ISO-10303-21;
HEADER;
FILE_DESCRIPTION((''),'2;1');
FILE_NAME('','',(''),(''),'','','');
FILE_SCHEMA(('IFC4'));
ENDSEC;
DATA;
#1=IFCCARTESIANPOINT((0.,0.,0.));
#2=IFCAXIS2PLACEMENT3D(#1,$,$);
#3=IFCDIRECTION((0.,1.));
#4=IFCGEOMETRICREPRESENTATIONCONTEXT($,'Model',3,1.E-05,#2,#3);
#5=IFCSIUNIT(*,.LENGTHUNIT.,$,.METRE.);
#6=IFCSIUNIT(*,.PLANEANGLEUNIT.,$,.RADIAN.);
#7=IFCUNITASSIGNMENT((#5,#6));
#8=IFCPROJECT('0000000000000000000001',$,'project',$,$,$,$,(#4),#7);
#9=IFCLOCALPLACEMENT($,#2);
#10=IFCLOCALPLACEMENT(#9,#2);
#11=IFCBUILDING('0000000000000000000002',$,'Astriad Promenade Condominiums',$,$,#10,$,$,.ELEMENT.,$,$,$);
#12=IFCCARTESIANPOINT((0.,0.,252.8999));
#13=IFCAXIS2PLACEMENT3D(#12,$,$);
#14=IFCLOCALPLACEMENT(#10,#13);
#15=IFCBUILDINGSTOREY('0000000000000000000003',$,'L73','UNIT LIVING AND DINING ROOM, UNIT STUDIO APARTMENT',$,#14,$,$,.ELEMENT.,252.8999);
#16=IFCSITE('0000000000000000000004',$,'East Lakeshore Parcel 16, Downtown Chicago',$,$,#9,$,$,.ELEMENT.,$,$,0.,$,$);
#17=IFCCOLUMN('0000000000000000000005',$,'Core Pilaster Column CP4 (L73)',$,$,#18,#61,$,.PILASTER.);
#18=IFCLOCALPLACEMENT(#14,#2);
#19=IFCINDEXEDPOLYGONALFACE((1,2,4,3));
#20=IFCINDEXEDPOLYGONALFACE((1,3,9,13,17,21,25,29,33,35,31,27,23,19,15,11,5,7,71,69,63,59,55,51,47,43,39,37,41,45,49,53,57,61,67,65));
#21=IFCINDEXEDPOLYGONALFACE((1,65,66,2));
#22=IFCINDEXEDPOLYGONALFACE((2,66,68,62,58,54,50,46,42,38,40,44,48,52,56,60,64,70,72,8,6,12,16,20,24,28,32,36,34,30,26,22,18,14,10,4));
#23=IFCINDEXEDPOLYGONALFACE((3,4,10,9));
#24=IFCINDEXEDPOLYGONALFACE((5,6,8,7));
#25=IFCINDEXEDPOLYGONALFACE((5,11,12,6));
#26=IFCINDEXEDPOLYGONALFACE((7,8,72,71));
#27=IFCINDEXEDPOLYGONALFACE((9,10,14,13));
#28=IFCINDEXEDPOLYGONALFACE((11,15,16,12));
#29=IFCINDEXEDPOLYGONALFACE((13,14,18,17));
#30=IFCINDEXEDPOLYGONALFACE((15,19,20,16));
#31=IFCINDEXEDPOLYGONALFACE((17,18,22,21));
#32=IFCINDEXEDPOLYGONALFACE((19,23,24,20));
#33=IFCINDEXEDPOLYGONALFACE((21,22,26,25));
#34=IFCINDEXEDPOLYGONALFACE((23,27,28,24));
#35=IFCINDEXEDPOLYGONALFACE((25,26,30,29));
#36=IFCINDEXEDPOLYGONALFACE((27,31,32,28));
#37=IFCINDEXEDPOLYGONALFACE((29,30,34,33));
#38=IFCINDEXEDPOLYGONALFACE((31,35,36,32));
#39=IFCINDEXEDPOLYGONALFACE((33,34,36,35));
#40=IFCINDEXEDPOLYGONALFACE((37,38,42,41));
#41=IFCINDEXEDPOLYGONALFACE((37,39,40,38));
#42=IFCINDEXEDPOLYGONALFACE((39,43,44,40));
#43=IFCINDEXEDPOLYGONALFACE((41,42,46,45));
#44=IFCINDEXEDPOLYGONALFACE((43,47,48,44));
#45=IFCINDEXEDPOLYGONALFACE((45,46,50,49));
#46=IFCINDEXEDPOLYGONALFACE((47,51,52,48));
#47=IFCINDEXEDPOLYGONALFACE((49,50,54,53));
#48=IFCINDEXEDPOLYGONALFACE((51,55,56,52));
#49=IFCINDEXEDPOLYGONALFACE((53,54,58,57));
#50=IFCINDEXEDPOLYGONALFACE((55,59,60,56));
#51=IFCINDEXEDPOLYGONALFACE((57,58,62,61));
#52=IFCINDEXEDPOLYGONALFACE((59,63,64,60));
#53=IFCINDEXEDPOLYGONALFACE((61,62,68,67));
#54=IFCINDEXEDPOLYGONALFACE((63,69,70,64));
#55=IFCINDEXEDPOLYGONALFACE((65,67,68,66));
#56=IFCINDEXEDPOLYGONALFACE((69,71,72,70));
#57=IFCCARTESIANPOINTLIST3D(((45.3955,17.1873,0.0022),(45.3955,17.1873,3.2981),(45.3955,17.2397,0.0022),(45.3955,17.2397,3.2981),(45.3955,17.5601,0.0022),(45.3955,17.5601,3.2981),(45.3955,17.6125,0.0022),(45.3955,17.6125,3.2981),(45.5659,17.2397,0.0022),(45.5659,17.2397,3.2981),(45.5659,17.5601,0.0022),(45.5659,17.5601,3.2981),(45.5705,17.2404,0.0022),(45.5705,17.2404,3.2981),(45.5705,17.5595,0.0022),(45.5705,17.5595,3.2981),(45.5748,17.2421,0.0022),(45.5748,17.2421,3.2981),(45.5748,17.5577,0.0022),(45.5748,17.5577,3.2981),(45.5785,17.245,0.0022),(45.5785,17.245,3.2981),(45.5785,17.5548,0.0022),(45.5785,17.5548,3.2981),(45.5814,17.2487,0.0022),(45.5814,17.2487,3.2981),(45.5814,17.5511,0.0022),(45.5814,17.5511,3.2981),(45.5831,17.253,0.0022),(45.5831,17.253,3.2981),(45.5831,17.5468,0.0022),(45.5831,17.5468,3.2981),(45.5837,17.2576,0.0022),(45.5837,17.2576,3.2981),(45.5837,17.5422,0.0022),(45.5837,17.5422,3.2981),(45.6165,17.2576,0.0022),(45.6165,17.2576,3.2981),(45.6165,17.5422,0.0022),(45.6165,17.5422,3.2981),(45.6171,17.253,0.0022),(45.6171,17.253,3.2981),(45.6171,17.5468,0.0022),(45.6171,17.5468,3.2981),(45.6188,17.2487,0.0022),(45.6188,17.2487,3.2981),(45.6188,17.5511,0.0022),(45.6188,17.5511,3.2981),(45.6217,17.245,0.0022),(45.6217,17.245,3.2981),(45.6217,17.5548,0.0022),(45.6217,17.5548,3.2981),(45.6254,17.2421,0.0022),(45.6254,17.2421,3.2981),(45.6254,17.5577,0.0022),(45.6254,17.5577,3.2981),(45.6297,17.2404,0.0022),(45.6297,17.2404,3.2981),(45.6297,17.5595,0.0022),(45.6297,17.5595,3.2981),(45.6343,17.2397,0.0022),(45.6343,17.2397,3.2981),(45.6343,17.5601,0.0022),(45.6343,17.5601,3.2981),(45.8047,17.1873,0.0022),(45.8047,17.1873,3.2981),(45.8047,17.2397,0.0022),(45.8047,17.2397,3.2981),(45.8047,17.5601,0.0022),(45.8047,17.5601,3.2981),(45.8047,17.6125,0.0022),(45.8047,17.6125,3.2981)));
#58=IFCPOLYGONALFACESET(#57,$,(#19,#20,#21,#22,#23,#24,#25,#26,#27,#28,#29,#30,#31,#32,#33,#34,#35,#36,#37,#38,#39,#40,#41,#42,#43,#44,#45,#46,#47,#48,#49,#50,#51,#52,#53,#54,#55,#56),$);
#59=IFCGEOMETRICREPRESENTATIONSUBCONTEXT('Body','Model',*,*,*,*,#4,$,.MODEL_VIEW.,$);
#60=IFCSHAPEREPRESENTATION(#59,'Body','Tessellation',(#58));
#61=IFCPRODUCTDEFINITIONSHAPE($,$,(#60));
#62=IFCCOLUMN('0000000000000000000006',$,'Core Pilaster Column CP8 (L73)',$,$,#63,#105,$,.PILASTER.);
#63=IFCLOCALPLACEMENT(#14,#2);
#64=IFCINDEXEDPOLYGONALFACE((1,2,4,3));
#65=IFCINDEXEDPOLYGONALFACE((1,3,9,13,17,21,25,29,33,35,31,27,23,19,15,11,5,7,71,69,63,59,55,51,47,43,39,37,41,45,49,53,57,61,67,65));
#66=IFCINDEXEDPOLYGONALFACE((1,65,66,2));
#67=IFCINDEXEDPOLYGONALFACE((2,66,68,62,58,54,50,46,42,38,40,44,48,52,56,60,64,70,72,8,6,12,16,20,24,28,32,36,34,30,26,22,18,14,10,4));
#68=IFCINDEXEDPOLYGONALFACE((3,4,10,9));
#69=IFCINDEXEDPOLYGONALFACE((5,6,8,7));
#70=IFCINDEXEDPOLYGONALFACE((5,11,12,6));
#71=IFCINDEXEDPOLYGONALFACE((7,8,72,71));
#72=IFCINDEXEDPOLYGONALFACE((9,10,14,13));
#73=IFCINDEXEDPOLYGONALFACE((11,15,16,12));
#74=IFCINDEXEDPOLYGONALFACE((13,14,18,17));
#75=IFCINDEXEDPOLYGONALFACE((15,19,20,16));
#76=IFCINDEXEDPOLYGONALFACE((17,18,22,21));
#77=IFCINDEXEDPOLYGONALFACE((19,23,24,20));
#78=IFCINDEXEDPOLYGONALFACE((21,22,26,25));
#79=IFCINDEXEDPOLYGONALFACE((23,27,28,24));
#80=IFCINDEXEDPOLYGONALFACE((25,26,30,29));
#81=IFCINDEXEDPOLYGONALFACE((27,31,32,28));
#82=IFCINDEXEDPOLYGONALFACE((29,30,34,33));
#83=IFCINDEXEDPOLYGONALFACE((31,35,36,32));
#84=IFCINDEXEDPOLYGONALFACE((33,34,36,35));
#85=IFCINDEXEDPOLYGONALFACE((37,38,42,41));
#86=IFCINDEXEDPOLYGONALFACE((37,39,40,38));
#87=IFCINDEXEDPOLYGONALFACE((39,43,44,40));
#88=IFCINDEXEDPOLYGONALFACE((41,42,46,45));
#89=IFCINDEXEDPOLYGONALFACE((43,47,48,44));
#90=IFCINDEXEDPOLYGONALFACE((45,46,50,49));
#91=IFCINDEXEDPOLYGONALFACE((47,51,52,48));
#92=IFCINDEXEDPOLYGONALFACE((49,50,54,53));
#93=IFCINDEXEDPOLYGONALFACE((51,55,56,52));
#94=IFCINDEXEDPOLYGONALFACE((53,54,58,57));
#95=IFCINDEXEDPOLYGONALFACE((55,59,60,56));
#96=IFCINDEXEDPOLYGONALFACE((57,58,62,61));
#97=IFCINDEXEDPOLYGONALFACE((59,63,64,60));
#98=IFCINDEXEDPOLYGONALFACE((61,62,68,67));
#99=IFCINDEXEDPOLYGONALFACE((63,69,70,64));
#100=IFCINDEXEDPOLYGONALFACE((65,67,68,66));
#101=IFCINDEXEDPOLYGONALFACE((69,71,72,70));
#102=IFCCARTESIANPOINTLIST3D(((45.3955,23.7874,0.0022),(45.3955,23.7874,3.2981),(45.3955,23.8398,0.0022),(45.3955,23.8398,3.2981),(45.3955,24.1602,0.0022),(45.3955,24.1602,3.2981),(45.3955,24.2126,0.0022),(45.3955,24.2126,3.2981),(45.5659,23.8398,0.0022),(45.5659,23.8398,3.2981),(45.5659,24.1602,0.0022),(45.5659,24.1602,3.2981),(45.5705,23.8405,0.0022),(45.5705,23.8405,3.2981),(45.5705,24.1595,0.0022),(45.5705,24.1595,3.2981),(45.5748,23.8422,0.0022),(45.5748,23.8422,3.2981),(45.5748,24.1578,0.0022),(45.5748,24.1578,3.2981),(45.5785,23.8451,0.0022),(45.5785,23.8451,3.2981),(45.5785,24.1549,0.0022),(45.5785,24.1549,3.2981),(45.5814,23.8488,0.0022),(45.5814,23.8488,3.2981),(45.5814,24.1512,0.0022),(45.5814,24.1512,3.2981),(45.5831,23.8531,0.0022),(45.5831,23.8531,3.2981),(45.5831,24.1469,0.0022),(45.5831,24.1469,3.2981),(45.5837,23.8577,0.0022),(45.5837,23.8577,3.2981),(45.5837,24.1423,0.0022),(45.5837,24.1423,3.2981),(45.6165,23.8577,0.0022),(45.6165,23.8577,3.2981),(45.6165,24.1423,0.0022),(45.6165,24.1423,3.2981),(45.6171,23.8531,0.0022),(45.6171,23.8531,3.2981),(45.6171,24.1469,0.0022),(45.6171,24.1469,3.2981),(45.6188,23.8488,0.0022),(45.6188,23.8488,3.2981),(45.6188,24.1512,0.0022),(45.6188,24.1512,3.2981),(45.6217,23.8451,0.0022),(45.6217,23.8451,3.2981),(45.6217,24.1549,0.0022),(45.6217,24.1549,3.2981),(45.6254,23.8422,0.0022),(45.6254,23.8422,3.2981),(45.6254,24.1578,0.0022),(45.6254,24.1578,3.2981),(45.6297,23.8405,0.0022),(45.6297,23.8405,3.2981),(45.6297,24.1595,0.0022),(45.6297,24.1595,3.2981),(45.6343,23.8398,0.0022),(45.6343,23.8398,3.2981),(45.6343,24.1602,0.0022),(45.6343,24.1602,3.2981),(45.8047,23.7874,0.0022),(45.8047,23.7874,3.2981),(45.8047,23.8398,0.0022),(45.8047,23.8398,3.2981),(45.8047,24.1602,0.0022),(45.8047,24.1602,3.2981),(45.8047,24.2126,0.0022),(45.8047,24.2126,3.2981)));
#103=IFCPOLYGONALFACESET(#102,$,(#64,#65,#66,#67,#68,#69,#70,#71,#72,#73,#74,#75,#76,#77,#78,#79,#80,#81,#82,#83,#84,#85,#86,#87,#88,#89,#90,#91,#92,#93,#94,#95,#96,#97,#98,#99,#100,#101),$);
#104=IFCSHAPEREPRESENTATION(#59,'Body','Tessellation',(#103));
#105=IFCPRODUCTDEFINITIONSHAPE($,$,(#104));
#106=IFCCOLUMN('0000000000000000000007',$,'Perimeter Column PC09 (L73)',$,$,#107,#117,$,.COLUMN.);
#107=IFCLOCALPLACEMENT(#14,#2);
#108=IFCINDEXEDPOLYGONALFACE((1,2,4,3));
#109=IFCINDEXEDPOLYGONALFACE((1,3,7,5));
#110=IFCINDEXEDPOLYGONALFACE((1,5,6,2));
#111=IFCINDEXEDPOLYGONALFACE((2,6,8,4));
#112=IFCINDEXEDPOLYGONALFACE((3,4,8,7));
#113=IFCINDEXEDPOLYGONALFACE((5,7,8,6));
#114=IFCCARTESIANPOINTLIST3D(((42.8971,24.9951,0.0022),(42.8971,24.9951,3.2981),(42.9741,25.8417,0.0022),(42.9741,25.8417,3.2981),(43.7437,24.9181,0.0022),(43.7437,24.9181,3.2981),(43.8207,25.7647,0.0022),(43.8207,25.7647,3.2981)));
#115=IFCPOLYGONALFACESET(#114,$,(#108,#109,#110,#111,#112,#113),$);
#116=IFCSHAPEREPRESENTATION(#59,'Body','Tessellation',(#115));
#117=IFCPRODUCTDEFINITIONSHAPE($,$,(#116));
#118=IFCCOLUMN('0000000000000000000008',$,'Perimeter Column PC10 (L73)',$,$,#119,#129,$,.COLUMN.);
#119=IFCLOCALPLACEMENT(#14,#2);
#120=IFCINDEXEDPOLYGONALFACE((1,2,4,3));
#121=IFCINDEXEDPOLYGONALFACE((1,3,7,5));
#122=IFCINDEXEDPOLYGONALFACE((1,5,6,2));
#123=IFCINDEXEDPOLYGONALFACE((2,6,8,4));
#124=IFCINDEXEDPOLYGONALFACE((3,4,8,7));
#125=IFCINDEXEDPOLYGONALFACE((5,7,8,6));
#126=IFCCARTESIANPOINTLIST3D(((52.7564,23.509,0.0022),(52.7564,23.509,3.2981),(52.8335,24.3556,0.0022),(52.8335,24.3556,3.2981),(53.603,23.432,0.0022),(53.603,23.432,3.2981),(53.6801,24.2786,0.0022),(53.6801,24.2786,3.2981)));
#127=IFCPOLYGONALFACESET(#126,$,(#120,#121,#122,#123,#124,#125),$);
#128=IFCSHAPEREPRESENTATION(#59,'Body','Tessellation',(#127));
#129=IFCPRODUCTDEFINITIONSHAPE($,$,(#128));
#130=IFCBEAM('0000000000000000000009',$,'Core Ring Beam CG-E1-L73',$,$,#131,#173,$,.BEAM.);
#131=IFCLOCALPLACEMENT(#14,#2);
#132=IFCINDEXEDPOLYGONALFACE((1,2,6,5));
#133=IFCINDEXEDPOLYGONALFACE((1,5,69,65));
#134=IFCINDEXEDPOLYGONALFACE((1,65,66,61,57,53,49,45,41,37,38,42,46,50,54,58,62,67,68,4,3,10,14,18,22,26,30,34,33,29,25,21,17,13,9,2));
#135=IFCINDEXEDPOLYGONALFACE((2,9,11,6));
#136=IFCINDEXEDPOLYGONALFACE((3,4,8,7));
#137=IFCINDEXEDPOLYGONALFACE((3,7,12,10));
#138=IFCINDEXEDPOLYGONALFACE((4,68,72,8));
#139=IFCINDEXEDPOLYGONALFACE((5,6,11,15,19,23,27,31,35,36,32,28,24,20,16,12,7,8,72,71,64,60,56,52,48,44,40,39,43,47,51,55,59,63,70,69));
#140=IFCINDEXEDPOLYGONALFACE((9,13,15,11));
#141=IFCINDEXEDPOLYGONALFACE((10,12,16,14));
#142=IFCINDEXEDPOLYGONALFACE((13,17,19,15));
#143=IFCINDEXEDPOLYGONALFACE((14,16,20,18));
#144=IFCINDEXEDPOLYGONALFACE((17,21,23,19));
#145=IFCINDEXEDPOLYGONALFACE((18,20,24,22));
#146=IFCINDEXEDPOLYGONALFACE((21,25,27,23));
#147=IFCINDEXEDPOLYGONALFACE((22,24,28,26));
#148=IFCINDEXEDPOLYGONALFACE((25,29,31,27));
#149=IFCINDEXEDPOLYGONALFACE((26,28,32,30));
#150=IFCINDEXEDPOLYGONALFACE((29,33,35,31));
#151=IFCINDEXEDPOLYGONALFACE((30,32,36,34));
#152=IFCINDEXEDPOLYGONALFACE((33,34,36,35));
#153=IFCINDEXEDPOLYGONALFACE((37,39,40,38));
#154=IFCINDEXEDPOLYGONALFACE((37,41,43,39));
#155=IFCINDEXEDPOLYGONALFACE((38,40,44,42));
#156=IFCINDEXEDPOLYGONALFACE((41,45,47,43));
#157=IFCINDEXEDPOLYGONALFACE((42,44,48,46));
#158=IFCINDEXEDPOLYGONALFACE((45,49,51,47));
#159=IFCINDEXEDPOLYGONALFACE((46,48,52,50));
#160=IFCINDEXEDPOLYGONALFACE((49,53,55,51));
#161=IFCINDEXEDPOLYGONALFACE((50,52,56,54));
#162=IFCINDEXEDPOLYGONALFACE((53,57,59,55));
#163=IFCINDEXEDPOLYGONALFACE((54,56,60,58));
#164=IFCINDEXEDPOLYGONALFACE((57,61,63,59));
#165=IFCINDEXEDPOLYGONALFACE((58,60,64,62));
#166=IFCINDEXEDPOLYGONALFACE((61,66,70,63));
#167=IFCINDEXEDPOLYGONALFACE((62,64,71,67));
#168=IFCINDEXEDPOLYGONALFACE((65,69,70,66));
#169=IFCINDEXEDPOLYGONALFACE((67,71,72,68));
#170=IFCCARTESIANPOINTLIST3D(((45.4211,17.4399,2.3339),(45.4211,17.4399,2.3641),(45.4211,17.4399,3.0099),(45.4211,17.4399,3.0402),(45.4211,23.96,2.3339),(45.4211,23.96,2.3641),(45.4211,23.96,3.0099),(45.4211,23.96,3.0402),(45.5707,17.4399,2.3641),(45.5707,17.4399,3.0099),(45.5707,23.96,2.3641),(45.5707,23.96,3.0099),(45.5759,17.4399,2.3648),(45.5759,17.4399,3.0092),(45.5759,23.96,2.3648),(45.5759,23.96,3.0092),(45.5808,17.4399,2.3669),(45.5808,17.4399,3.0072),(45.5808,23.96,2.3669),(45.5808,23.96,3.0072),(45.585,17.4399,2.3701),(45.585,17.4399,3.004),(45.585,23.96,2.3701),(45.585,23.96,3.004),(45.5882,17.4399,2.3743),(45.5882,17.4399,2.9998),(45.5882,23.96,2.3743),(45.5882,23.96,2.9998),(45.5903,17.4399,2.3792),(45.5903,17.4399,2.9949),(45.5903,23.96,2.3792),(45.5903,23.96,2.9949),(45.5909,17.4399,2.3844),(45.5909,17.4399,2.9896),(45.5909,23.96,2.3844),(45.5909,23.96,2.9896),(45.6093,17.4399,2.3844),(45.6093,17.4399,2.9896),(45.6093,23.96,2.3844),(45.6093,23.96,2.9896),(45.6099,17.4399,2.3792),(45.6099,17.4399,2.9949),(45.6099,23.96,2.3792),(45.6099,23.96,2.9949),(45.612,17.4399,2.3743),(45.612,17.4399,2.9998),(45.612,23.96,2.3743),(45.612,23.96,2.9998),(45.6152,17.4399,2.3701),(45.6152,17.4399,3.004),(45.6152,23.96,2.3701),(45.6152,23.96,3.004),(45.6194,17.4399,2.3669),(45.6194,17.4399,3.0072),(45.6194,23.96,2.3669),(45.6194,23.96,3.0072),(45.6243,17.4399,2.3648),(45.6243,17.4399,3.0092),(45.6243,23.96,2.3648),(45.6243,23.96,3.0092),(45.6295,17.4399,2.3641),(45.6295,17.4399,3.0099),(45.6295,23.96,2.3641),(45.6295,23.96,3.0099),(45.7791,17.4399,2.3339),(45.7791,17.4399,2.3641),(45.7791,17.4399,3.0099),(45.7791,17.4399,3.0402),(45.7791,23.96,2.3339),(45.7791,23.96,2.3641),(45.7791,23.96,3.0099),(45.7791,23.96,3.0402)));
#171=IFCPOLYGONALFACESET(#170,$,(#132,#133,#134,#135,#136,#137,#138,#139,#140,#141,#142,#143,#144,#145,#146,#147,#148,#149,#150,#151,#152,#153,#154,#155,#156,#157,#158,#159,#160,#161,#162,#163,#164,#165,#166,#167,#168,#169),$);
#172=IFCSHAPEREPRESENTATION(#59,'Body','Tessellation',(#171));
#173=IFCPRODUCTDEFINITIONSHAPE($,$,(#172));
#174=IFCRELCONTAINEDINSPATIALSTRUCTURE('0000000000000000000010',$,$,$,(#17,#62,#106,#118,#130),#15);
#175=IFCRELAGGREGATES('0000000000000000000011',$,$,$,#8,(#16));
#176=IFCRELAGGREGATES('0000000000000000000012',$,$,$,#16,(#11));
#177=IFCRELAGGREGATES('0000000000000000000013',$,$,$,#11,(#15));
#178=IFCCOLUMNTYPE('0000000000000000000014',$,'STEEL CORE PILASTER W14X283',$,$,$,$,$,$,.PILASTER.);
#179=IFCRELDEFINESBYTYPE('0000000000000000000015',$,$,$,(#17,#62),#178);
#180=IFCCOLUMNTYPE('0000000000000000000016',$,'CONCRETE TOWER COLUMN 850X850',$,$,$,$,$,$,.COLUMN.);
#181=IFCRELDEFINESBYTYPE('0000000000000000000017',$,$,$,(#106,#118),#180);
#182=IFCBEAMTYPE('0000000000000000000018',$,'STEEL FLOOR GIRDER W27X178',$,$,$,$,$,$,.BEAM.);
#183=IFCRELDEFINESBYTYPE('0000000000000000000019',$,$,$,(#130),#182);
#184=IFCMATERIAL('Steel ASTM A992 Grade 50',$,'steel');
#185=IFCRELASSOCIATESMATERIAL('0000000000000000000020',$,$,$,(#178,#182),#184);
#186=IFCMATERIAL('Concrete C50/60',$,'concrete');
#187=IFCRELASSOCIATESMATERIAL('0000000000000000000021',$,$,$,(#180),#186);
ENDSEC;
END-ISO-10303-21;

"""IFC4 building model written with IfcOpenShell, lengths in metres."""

from ifc_helpers import new_model, si_unit, direction, frame, origin, origin_2d, place, context, subcontext, project, spatial, rectangle, i_section, extrude, source, transform, mapped, material, material_profile, profile_set, type_object, type_shapes, element, save


model = new_model("IFC4")

# Units and contexts
model_context = context("Model", 3, precision=1e-05, world=origin(), true_north=direction((0.0, 1.0)))
body_context = subcontext(model_context, "Body", "Model", "MODEL_VIEW")
ifc_project = project(units=[si_unit("LENGTHUNIT", "METRE"), si_unit("PLANEANGLEUNIT", "RADIAN")], contexts=[model_context])

# Site, building, storey
site_placement = place(None, origin())
site = spatial("IfcSite", under=ifc_project, at=site_placement, Name="East Lakeshore Parcel 16, Downtown Chicago", CompositionType="ELEMENT", RefElevation=0.0)
building_placement = place(site_placement, origin())
building = spatial("IfcBuilding", under=site, at=building_placement, Name="Astriad Promenade Condominiums", CompositionType="ELEMENT")
storey_placement = place(building_placement, frame((0.0, 0.0, 252.8999)))
storey = spatial("IfcBuildingStorey", under=building, at=storey_placement, Name="L73", Description="UNIT LIVING AND DINING ROOM, UNIT STUDIO APARTMENT", CompositionType="ELEMENT", Elevation=252.8999)

# Columns
ifc_material_1 = material(Name="Steel ASTM A992 Grade 50", Category="steel")
ifc_material_profile_1 = material_profile(ifc_material_1, i_section(OverallWidth=0.4092, OverallDepth=0.4253, WebThickness=0.0327, FlangeThickness=0.0525, FilletRadius=0.0178, at=origin_2d()), Name="W14X283")
ifc_profile_set_1 = profile_set([ifc_material_profile_1], Name="Steel ASTM A992 Grade 50")
column_type_1 = type_object("IfcColumnType", Name="STEEL CORE PILASTER W14X283", PredefinedType="PILASTER", material=ifc_profile_set_1)
shared_shape_1 = source(origin(), body_context, "Body", "SweptSolid", [
    extrude(i_section(OverallWidth=0.4092, OverallDepth=0.4253, WebThickness=0.0327, FlangeThickness=0.0525, FilletRadius=0.0178, at=origin_2d()), origin(), (0.0, 0.0, 1.0), 3.2959),
])
type_shapes(column_type_1, [shared_shape_1])
for number, where, z_axis, x_axis, name in (
    (1, (45.6001, 17.3999, 0.0022), (0.0, 0.0, 1.0), (1.0, 0.0, 0.0), "Core Pilaster Column CP4 (L73)"),
    (2, (45.6001, 24.0, 0.0022), (0.0, 0.0, 1.0), (1.0, 0.0, 0.0), "Core Pilaster Column CP8 (L73)"),
):
    element("IfcColumn", number, at=place(storey_placement, frame(where, z_axis=z_axis, x_axis=x_axis)), inside=storey, type_object=column_type_1, Name=name, PredefinedType="PILASTER", context=body_context, shape_type="MappedRepresentation", body=[
        mapped(shared_shape_1, transform((0.0, 0.0, 0.0), scale=1.0)),
    ])
ifc_material_2 = material(Name="Concrete C50/60", Category="concrete")
ifc_material_profile_2 = material_profile(ifc_material_2, rectangle(XDim=0.8501, YDim=0.8501, at=origin_2d()), Name="RC-COL-850X850")
ifc_profile_set_2 = profile_set([ifc_material_profile_2], Name="Concrete C50/60")
column_type_2 = type_object("IfcColumnType", Name="CONCRETE TOWER COLUMN 850X850", PredefinedType="COLUMN", material=ifc_profile_set_2)
shared_shape_2 = source(origin(), body_context, "Body", "SweptSolid", [
    extrude(rectangle(XDim=0.8501, YDim=0.8501, at=origin_2d()), origin(), (0.0, 0.0, 1.0), 3.2959),
])
type_shapes(column_type_2, [shared_shape_2])
for number, where, z_axis, x_axis, name in (
    (3, (43.3589, 25.3799, 0.0022), (0.0, 0.0, 1.0), (0.995884, -0.090633, 0.0), "Perimeter Column PC09 (L73)"),
    (4, (53.2183, 23.8938, 0.0022), (0.0, 0.0, 1.0), (0.995884, -0.090633, 0.0), "Perimeter Column PC10 (L73)"),
):
    element("IfcColumn", number, at=place(storey_placement, frame(where, z_axis=z_axis, x_axis=x_axis)), inside=storey, type_object=column_type_2, Name=name, PredefinedType="COLUMN", context=body_context, shape_type="MappedRepresentation", body=[
        mapped(shared_shape_2, transform((0.0, 0.0, 0.0), scale=1.0)),
    ])

# Beam
ifc_material_profile_3 = material_profile(ifc_material_1, i_section(OverallWidth=0.3579, OverallDepth=0.7063, WebThickness=0.0183, FlangeThickness=0.0303, FilletRadius=0.0203, at=origin_2d()), Name="W27X178")
ifc_profile_set_3 = profile_set([ifc_material_profile_3], Name="Steel ASTM A992 Grade 50")
beam_type_1 = type_object("IfcBeamType", Name="STEEL FLOOR GIRDER W27X178", PredefinedType="BEAM", material=ifc_profile_set_3)
shared_shape_3 = source(origin(), body_context, "Body", "SweptSolid", [
    extrude(i_section(OverallWidth=0.3579, OverallDepth=0.7063, WebThickness=0.0183, FlangeThickness=0.0303, FilletRadius=0.0203, at=origin_2d()), origin(), (0.0, 0.0, 1.0), 6.52),
])
type_shapes(beam_type_1, [shared_shape_3])
beam_1_placement = place(storey_placement, frame((45.6001, 17.4399, 2.687), z_axis=(0.0, 1.0, 0.0), x_axis=(-1.0, 0.0, 0.0)))
element("IfcBeam", 5, at=beam_1_placement, inside=storey, type_object=beam_type_1, Name="Core Ring Beam CG-E1-L73", PredefinedType="BEAM", context=body_context, shape_type="MappedRepresentation", body=[
    mapped(shared_shape_3, transform((0.0, 0.0, 0.0), scale=1.0)),
])

save(model, "model.ifc")
